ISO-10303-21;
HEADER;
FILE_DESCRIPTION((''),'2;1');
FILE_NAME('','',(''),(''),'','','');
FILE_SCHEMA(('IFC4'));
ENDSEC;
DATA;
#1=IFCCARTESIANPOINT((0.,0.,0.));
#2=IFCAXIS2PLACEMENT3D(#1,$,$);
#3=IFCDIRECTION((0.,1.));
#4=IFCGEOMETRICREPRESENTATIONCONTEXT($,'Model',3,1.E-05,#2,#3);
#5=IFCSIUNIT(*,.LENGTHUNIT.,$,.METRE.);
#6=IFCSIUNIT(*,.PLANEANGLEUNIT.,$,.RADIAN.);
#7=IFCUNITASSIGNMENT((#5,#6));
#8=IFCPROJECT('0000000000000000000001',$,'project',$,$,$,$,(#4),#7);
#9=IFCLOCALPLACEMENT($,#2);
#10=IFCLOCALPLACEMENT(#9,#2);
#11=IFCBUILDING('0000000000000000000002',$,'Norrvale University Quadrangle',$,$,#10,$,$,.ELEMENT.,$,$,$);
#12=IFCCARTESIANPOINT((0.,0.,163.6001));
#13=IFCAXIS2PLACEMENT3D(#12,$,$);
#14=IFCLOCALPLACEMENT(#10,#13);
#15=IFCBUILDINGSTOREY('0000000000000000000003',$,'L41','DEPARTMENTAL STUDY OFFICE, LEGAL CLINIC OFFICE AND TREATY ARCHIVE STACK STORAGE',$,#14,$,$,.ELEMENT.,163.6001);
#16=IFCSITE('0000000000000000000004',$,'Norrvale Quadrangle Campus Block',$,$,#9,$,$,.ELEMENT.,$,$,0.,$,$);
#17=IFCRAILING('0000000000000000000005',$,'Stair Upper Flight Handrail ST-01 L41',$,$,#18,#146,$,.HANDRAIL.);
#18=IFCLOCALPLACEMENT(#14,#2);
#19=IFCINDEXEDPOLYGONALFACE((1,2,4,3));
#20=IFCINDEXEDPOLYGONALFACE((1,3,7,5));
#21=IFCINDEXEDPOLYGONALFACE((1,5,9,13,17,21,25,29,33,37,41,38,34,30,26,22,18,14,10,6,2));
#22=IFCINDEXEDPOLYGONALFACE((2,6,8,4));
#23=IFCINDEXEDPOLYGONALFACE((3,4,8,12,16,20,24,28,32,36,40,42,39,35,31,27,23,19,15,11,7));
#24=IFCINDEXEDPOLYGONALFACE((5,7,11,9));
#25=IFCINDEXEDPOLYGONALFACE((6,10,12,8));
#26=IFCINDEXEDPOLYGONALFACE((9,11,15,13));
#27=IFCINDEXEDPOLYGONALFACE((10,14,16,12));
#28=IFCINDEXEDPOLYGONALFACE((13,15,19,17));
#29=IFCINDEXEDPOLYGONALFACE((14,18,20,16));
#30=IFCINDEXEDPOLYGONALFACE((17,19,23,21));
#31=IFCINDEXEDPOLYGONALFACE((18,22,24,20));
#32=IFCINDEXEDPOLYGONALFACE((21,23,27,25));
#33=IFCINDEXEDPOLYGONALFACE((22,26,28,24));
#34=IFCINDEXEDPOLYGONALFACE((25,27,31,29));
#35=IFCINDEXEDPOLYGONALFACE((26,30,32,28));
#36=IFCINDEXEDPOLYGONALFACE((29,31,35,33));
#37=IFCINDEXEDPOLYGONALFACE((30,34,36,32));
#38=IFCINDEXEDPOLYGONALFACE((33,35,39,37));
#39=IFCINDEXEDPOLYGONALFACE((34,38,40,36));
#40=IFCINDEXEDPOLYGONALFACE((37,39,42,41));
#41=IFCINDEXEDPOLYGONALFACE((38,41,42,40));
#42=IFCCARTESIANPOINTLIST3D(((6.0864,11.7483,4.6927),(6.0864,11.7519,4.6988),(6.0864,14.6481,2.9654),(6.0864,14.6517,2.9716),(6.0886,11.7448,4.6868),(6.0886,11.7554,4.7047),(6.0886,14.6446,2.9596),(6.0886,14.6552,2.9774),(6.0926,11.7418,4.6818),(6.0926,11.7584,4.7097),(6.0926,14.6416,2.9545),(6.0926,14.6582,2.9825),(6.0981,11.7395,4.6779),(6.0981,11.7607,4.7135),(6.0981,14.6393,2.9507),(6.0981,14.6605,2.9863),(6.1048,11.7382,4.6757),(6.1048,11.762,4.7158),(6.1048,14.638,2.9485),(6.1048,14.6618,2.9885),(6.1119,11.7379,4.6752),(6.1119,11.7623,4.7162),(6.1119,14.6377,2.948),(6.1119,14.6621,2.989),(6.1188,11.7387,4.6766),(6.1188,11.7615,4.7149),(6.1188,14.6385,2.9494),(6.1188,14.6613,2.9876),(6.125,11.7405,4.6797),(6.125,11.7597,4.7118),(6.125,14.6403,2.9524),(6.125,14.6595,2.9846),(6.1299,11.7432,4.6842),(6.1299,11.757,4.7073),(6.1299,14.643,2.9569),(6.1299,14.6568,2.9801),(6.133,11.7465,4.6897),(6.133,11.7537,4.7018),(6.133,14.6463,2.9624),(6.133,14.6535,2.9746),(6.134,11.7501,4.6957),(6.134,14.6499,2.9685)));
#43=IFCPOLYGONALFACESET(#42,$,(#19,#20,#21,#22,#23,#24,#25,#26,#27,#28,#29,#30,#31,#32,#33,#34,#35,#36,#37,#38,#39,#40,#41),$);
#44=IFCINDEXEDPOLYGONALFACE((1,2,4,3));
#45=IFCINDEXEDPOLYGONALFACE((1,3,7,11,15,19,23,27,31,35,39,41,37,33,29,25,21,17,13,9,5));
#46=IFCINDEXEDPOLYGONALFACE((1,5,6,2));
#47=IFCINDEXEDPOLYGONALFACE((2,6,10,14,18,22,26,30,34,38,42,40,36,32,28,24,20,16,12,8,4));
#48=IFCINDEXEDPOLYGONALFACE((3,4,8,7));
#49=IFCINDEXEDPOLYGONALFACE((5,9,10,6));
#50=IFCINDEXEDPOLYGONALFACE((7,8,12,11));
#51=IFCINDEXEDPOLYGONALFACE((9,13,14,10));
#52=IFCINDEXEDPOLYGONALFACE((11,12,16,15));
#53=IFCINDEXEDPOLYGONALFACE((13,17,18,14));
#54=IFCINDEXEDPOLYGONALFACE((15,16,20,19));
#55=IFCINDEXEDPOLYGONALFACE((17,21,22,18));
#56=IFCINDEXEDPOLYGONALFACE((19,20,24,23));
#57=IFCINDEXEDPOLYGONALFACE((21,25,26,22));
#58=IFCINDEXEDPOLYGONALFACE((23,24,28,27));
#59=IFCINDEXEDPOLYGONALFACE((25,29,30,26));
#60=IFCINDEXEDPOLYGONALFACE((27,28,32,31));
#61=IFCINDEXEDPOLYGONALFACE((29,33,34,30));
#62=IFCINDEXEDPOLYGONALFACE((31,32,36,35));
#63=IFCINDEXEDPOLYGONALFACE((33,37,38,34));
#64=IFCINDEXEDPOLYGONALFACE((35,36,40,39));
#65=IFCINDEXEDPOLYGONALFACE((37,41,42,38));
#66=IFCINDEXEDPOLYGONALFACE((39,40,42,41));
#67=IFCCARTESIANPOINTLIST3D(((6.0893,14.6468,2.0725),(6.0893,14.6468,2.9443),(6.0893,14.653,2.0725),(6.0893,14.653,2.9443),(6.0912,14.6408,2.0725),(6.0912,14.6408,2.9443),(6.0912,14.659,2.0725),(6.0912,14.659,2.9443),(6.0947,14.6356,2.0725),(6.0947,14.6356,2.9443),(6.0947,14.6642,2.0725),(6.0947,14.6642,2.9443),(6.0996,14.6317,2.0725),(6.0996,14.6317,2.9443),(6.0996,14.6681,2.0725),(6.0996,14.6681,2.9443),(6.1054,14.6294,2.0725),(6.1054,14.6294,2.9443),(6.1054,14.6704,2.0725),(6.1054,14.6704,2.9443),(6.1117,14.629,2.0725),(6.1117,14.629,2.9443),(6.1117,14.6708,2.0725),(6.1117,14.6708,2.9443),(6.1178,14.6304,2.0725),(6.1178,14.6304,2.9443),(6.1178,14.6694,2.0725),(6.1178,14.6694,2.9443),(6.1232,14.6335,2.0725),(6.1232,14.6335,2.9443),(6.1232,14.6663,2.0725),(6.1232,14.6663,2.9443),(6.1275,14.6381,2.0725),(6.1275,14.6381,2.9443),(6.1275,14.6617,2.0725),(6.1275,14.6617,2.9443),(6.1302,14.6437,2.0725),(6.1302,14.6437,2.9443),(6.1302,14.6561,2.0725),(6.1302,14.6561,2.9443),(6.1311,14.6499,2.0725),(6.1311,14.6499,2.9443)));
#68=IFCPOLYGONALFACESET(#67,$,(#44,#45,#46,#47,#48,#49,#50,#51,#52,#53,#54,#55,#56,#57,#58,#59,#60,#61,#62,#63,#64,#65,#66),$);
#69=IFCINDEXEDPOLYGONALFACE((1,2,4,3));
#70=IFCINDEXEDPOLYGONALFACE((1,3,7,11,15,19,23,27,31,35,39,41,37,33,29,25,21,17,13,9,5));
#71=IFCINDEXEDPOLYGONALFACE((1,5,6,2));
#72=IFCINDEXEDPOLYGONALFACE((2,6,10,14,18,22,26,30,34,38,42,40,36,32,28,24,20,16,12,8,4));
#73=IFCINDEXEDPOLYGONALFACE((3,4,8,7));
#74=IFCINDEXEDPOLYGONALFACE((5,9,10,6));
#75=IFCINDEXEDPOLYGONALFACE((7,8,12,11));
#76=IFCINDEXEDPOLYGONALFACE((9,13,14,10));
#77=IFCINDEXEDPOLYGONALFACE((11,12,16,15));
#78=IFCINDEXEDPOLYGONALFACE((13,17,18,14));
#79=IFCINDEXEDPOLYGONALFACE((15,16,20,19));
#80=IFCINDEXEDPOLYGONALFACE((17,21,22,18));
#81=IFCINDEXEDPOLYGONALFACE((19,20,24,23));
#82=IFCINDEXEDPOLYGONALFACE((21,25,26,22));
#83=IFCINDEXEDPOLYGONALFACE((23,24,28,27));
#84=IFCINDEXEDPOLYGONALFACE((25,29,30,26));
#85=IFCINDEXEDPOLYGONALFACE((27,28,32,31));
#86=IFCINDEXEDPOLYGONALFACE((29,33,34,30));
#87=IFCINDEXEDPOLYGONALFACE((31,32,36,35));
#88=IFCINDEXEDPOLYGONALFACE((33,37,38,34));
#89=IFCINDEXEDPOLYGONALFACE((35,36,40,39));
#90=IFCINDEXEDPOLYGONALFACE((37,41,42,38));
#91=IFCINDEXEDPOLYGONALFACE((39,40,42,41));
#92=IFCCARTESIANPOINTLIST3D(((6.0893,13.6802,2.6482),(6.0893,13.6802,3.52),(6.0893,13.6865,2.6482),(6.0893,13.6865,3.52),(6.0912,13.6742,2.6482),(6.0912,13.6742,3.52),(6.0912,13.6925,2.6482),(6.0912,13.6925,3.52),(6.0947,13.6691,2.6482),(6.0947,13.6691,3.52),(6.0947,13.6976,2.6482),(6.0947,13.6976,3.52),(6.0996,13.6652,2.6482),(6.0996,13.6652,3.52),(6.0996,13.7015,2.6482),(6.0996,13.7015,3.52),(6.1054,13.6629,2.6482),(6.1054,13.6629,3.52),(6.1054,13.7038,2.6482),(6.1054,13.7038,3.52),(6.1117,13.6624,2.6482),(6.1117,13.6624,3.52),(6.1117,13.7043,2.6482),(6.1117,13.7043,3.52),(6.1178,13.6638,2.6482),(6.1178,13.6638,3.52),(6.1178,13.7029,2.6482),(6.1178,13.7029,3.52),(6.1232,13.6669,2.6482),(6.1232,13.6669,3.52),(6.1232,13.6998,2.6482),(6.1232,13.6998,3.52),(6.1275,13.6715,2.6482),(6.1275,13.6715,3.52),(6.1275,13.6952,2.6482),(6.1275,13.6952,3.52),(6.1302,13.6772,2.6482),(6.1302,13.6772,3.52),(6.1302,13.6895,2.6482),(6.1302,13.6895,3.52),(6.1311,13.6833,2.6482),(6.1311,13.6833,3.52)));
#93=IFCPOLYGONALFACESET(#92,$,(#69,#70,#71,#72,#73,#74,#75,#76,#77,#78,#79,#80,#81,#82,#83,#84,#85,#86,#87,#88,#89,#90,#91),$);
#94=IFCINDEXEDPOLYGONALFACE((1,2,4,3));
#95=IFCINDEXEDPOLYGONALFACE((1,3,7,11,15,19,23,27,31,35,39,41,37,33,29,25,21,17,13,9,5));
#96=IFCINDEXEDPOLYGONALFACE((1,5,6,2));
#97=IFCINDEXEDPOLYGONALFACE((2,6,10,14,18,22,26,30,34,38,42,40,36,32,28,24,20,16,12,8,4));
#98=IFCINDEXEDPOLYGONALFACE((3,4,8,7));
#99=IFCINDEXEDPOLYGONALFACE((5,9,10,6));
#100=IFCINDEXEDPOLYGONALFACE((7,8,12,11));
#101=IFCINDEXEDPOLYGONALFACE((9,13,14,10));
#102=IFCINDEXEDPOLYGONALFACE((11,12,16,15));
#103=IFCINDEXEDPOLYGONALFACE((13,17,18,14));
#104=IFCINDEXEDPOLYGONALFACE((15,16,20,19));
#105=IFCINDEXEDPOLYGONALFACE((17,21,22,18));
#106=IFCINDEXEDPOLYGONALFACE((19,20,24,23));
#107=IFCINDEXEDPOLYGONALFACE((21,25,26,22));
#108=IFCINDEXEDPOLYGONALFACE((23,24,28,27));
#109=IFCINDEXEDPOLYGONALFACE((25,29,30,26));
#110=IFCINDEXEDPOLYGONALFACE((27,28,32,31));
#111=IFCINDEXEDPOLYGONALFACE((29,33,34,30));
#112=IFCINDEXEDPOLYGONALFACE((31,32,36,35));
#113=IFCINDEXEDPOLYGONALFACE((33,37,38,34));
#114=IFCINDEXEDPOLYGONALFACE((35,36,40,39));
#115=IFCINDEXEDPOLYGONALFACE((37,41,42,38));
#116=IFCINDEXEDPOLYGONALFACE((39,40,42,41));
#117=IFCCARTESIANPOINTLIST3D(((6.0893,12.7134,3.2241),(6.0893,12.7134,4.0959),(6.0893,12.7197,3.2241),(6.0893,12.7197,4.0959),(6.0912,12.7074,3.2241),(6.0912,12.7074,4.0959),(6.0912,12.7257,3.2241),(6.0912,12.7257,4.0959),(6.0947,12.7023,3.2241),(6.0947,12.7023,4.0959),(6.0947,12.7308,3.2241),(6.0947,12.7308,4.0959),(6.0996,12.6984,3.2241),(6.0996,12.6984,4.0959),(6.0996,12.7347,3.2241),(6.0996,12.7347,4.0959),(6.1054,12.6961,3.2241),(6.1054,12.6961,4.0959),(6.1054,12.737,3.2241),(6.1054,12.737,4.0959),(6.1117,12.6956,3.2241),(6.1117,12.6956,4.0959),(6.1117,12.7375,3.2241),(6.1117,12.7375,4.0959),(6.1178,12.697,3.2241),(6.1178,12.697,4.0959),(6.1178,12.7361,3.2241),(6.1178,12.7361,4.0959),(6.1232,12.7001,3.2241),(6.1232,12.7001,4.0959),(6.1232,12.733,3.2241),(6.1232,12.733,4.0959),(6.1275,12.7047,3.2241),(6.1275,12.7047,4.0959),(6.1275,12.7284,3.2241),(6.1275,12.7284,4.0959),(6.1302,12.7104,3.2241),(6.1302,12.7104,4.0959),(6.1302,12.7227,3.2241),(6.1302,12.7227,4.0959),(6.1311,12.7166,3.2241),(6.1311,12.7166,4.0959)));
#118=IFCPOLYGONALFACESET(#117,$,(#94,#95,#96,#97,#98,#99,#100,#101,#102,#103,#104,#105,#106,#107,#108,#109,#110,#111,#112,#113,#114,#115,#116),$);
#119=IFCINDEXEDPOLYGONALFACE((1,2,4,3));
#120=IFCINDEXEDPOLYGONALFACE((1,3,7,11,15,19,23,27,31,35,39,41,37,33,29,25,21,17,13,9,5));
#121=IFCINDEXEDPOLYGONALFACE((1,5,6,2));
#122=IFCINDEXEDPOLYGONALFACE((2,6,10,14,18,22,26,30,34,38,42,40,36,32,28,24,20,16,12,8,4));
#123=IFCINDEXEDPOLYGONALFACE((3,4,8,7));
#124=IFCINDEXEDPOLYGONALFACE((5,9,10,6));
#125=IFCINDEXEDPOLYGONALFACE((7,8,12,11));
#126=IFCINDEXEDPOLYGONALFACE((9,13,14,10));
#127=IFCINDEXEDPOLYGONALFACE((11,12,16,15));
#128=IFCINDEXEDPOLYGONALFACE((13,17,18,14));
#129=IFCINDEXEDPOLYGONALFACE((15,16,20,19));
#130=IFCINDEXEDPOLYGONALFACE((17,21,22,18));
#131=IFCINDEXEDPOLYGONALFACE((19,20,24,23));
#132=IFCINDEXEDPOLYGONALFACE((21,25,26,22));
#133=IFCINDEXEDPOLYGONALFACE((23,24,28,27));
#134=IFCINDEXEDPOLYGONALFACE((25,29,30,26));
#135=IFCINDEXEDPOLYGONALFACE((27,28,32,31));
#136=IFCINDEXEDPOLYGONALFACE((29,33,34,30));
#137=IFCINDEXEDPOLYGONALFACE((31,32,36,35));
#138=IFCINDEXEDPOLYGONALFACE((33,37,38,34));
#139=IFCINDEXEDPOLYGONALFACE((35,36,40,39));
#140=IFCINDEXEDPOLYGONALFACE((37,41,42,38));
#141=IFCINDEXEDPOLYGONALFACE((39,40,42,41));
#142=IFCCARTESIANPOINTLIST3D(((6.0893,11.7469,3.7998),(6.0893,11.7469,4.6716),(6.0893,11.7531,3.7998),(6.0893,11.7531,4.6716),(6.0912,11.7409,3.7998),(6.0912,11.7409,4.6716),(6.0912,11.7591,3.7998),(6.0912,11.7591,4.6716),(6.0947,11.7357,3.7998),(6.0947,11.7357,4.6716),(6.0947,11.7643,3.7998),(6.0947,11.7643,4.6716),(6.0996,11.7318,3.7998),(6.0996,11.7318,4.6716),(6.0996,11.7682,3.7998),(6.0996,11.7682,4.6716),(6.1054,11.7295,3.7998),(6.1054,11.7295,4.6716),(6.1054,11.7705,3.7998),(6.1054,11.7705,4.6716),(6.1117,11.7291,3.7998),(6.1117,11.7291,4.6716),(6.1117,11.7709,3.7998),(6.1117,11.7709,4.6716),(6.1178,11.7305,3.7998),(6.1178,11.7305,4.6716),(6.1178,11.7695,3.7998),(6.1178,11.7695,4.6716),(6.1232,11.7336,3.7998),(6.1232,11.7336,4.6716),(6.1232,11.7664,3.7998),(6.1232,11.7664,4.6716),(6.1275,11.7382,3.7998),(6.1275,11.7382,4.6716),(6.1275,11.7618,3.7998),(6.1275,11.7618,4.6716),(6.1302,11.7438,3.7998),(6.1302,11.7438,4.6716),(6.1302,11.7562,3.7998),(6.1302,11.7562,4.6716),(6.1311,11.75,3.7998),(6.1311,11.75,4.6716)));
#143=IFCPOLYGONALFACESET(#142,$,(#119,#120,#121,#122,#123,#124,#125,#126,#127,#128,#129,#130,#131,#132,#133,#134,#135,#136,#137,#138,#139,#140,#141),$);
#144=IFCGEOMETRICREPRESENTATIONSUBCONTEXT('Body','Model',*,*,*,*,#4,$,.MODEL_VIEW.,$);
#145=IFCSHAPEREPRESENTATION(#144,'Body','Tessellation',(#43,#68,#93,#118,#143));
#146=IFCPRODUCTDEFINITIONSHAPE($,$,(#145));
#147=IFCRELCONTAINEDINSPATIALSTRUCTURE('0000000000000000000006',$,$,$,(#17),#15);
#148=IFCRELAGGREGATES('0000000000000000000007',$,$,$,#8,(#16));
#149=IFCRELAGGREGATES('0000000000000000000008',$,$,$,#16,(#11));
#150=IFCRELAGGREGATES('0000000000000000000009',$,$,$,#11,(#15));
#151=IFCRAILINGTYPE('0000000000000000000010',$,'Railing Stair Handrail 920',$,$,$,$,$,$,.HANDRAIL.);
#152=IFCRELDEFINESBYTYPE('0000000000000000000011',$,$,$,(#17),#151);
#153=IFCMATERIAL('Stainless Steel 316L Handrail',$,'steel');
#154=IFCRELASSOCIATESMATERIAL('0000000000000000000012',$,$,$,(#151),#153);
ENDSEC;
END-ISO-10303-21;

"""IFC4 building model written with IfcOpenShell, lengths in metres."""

from ifc_helpers import new_model, si_unit, direction, frame, origin, origin_2d, place, context, subcontext, project, spatial, circle, extrude, material, type_object, element, save


model = new_model("IFC4")

# Units and contexts
model_context = context("Model", 3, precision=1e-05, world=origin(), true_north=direction((0.0, 1.0)))
body_context = subcontext(model_context, "Body", "Model", "MODEL_VIEW")
ifc_project = project(units=[si_unit("LENGTHUNIT", "METRE"), si_unit("PLANEANGLEUNIT", "RADIAN")], contexts=[model_context])

# Site, building, storey
site_placement = place(None, origin())
site = spatial("IfcSite", under=ifc_project, at=site_placement, Name="Norrvale Quadrangle Campus Block", CompositionType="ELEMENT", RefElevation=0.0)
building_placement = place(site_placement, origin())
building = spatial("IfcBuilding", under=site, at=building_placement, Name="Norrvale University Quadrangle", CompositionType="ELEMENT")
storey_placement = place(building_placement, frame((0.0, 0.0, 163.6001)))
storey = spatial("IfcBuildingStorey", under=building, at=storey_placement, Name="L41", Description="DEPARTMENTAL STUDY OFFICE, LEGAL CLINIC OFFICE AND TREATY ARCHIVE STACK STORAGE", CompositionType="ELEMENT", Elevation=163.6001)

# Railing
ifc_material_1 = material(Name="Stainless Steel 316L Handrail", Category="steel")
railing_type_1 = type_object("IfcRailingType", Name="Railing Stair Handrail 920", PredefinedType="HANDRAIL", material=ifc_material_1)
for number, where, name in (
    (1, (6.1101, 14.6499, 2.0725), "Stair Upper Flight Handrail ST-01 L41"),
):
    element("IfcRailing", number, at=place(storey_placement, frame(where)), inside=storey, type_object=railing_type_1, Name=name, PredefinedType="HANDRAIL", context=body_context, shape_type="SweptSolid", body=[
        extrude(circle(Radius=0.0239, at=origin_2d()), frame((0.0, 0.0, 0.896), z_axis=(0.0, -0.859141, 0.511738), x_axis=(1.0, 0.0, 0.0)), (0.0, 0.0, 1.0), 3.3752),
        extrude(circle(Radius=0.021, at=origin_2d()), origin(), (0.0, 0.0, 1.0), 0.8718),
        extrude(circle(Radius=0.021, at=origin_2d()), frame((0.0, -0.9666, 0.5757)), (0.0, 0.0, 1.0), 0.8718),
        extrude(circle(Radius=0.021, at=origin_2d()), frame((0.0, -1.9333, 1.1516)), (0.0, 0.0, 1.0), 0.8718),
        extrude(circle(Radius=0.021, at=origin_2d()), frame((0.0, -2.8999, 1.7273)), (0.0, 0.0, 1.0), 0.8718),
    ])

save(model, "model.ifc")
